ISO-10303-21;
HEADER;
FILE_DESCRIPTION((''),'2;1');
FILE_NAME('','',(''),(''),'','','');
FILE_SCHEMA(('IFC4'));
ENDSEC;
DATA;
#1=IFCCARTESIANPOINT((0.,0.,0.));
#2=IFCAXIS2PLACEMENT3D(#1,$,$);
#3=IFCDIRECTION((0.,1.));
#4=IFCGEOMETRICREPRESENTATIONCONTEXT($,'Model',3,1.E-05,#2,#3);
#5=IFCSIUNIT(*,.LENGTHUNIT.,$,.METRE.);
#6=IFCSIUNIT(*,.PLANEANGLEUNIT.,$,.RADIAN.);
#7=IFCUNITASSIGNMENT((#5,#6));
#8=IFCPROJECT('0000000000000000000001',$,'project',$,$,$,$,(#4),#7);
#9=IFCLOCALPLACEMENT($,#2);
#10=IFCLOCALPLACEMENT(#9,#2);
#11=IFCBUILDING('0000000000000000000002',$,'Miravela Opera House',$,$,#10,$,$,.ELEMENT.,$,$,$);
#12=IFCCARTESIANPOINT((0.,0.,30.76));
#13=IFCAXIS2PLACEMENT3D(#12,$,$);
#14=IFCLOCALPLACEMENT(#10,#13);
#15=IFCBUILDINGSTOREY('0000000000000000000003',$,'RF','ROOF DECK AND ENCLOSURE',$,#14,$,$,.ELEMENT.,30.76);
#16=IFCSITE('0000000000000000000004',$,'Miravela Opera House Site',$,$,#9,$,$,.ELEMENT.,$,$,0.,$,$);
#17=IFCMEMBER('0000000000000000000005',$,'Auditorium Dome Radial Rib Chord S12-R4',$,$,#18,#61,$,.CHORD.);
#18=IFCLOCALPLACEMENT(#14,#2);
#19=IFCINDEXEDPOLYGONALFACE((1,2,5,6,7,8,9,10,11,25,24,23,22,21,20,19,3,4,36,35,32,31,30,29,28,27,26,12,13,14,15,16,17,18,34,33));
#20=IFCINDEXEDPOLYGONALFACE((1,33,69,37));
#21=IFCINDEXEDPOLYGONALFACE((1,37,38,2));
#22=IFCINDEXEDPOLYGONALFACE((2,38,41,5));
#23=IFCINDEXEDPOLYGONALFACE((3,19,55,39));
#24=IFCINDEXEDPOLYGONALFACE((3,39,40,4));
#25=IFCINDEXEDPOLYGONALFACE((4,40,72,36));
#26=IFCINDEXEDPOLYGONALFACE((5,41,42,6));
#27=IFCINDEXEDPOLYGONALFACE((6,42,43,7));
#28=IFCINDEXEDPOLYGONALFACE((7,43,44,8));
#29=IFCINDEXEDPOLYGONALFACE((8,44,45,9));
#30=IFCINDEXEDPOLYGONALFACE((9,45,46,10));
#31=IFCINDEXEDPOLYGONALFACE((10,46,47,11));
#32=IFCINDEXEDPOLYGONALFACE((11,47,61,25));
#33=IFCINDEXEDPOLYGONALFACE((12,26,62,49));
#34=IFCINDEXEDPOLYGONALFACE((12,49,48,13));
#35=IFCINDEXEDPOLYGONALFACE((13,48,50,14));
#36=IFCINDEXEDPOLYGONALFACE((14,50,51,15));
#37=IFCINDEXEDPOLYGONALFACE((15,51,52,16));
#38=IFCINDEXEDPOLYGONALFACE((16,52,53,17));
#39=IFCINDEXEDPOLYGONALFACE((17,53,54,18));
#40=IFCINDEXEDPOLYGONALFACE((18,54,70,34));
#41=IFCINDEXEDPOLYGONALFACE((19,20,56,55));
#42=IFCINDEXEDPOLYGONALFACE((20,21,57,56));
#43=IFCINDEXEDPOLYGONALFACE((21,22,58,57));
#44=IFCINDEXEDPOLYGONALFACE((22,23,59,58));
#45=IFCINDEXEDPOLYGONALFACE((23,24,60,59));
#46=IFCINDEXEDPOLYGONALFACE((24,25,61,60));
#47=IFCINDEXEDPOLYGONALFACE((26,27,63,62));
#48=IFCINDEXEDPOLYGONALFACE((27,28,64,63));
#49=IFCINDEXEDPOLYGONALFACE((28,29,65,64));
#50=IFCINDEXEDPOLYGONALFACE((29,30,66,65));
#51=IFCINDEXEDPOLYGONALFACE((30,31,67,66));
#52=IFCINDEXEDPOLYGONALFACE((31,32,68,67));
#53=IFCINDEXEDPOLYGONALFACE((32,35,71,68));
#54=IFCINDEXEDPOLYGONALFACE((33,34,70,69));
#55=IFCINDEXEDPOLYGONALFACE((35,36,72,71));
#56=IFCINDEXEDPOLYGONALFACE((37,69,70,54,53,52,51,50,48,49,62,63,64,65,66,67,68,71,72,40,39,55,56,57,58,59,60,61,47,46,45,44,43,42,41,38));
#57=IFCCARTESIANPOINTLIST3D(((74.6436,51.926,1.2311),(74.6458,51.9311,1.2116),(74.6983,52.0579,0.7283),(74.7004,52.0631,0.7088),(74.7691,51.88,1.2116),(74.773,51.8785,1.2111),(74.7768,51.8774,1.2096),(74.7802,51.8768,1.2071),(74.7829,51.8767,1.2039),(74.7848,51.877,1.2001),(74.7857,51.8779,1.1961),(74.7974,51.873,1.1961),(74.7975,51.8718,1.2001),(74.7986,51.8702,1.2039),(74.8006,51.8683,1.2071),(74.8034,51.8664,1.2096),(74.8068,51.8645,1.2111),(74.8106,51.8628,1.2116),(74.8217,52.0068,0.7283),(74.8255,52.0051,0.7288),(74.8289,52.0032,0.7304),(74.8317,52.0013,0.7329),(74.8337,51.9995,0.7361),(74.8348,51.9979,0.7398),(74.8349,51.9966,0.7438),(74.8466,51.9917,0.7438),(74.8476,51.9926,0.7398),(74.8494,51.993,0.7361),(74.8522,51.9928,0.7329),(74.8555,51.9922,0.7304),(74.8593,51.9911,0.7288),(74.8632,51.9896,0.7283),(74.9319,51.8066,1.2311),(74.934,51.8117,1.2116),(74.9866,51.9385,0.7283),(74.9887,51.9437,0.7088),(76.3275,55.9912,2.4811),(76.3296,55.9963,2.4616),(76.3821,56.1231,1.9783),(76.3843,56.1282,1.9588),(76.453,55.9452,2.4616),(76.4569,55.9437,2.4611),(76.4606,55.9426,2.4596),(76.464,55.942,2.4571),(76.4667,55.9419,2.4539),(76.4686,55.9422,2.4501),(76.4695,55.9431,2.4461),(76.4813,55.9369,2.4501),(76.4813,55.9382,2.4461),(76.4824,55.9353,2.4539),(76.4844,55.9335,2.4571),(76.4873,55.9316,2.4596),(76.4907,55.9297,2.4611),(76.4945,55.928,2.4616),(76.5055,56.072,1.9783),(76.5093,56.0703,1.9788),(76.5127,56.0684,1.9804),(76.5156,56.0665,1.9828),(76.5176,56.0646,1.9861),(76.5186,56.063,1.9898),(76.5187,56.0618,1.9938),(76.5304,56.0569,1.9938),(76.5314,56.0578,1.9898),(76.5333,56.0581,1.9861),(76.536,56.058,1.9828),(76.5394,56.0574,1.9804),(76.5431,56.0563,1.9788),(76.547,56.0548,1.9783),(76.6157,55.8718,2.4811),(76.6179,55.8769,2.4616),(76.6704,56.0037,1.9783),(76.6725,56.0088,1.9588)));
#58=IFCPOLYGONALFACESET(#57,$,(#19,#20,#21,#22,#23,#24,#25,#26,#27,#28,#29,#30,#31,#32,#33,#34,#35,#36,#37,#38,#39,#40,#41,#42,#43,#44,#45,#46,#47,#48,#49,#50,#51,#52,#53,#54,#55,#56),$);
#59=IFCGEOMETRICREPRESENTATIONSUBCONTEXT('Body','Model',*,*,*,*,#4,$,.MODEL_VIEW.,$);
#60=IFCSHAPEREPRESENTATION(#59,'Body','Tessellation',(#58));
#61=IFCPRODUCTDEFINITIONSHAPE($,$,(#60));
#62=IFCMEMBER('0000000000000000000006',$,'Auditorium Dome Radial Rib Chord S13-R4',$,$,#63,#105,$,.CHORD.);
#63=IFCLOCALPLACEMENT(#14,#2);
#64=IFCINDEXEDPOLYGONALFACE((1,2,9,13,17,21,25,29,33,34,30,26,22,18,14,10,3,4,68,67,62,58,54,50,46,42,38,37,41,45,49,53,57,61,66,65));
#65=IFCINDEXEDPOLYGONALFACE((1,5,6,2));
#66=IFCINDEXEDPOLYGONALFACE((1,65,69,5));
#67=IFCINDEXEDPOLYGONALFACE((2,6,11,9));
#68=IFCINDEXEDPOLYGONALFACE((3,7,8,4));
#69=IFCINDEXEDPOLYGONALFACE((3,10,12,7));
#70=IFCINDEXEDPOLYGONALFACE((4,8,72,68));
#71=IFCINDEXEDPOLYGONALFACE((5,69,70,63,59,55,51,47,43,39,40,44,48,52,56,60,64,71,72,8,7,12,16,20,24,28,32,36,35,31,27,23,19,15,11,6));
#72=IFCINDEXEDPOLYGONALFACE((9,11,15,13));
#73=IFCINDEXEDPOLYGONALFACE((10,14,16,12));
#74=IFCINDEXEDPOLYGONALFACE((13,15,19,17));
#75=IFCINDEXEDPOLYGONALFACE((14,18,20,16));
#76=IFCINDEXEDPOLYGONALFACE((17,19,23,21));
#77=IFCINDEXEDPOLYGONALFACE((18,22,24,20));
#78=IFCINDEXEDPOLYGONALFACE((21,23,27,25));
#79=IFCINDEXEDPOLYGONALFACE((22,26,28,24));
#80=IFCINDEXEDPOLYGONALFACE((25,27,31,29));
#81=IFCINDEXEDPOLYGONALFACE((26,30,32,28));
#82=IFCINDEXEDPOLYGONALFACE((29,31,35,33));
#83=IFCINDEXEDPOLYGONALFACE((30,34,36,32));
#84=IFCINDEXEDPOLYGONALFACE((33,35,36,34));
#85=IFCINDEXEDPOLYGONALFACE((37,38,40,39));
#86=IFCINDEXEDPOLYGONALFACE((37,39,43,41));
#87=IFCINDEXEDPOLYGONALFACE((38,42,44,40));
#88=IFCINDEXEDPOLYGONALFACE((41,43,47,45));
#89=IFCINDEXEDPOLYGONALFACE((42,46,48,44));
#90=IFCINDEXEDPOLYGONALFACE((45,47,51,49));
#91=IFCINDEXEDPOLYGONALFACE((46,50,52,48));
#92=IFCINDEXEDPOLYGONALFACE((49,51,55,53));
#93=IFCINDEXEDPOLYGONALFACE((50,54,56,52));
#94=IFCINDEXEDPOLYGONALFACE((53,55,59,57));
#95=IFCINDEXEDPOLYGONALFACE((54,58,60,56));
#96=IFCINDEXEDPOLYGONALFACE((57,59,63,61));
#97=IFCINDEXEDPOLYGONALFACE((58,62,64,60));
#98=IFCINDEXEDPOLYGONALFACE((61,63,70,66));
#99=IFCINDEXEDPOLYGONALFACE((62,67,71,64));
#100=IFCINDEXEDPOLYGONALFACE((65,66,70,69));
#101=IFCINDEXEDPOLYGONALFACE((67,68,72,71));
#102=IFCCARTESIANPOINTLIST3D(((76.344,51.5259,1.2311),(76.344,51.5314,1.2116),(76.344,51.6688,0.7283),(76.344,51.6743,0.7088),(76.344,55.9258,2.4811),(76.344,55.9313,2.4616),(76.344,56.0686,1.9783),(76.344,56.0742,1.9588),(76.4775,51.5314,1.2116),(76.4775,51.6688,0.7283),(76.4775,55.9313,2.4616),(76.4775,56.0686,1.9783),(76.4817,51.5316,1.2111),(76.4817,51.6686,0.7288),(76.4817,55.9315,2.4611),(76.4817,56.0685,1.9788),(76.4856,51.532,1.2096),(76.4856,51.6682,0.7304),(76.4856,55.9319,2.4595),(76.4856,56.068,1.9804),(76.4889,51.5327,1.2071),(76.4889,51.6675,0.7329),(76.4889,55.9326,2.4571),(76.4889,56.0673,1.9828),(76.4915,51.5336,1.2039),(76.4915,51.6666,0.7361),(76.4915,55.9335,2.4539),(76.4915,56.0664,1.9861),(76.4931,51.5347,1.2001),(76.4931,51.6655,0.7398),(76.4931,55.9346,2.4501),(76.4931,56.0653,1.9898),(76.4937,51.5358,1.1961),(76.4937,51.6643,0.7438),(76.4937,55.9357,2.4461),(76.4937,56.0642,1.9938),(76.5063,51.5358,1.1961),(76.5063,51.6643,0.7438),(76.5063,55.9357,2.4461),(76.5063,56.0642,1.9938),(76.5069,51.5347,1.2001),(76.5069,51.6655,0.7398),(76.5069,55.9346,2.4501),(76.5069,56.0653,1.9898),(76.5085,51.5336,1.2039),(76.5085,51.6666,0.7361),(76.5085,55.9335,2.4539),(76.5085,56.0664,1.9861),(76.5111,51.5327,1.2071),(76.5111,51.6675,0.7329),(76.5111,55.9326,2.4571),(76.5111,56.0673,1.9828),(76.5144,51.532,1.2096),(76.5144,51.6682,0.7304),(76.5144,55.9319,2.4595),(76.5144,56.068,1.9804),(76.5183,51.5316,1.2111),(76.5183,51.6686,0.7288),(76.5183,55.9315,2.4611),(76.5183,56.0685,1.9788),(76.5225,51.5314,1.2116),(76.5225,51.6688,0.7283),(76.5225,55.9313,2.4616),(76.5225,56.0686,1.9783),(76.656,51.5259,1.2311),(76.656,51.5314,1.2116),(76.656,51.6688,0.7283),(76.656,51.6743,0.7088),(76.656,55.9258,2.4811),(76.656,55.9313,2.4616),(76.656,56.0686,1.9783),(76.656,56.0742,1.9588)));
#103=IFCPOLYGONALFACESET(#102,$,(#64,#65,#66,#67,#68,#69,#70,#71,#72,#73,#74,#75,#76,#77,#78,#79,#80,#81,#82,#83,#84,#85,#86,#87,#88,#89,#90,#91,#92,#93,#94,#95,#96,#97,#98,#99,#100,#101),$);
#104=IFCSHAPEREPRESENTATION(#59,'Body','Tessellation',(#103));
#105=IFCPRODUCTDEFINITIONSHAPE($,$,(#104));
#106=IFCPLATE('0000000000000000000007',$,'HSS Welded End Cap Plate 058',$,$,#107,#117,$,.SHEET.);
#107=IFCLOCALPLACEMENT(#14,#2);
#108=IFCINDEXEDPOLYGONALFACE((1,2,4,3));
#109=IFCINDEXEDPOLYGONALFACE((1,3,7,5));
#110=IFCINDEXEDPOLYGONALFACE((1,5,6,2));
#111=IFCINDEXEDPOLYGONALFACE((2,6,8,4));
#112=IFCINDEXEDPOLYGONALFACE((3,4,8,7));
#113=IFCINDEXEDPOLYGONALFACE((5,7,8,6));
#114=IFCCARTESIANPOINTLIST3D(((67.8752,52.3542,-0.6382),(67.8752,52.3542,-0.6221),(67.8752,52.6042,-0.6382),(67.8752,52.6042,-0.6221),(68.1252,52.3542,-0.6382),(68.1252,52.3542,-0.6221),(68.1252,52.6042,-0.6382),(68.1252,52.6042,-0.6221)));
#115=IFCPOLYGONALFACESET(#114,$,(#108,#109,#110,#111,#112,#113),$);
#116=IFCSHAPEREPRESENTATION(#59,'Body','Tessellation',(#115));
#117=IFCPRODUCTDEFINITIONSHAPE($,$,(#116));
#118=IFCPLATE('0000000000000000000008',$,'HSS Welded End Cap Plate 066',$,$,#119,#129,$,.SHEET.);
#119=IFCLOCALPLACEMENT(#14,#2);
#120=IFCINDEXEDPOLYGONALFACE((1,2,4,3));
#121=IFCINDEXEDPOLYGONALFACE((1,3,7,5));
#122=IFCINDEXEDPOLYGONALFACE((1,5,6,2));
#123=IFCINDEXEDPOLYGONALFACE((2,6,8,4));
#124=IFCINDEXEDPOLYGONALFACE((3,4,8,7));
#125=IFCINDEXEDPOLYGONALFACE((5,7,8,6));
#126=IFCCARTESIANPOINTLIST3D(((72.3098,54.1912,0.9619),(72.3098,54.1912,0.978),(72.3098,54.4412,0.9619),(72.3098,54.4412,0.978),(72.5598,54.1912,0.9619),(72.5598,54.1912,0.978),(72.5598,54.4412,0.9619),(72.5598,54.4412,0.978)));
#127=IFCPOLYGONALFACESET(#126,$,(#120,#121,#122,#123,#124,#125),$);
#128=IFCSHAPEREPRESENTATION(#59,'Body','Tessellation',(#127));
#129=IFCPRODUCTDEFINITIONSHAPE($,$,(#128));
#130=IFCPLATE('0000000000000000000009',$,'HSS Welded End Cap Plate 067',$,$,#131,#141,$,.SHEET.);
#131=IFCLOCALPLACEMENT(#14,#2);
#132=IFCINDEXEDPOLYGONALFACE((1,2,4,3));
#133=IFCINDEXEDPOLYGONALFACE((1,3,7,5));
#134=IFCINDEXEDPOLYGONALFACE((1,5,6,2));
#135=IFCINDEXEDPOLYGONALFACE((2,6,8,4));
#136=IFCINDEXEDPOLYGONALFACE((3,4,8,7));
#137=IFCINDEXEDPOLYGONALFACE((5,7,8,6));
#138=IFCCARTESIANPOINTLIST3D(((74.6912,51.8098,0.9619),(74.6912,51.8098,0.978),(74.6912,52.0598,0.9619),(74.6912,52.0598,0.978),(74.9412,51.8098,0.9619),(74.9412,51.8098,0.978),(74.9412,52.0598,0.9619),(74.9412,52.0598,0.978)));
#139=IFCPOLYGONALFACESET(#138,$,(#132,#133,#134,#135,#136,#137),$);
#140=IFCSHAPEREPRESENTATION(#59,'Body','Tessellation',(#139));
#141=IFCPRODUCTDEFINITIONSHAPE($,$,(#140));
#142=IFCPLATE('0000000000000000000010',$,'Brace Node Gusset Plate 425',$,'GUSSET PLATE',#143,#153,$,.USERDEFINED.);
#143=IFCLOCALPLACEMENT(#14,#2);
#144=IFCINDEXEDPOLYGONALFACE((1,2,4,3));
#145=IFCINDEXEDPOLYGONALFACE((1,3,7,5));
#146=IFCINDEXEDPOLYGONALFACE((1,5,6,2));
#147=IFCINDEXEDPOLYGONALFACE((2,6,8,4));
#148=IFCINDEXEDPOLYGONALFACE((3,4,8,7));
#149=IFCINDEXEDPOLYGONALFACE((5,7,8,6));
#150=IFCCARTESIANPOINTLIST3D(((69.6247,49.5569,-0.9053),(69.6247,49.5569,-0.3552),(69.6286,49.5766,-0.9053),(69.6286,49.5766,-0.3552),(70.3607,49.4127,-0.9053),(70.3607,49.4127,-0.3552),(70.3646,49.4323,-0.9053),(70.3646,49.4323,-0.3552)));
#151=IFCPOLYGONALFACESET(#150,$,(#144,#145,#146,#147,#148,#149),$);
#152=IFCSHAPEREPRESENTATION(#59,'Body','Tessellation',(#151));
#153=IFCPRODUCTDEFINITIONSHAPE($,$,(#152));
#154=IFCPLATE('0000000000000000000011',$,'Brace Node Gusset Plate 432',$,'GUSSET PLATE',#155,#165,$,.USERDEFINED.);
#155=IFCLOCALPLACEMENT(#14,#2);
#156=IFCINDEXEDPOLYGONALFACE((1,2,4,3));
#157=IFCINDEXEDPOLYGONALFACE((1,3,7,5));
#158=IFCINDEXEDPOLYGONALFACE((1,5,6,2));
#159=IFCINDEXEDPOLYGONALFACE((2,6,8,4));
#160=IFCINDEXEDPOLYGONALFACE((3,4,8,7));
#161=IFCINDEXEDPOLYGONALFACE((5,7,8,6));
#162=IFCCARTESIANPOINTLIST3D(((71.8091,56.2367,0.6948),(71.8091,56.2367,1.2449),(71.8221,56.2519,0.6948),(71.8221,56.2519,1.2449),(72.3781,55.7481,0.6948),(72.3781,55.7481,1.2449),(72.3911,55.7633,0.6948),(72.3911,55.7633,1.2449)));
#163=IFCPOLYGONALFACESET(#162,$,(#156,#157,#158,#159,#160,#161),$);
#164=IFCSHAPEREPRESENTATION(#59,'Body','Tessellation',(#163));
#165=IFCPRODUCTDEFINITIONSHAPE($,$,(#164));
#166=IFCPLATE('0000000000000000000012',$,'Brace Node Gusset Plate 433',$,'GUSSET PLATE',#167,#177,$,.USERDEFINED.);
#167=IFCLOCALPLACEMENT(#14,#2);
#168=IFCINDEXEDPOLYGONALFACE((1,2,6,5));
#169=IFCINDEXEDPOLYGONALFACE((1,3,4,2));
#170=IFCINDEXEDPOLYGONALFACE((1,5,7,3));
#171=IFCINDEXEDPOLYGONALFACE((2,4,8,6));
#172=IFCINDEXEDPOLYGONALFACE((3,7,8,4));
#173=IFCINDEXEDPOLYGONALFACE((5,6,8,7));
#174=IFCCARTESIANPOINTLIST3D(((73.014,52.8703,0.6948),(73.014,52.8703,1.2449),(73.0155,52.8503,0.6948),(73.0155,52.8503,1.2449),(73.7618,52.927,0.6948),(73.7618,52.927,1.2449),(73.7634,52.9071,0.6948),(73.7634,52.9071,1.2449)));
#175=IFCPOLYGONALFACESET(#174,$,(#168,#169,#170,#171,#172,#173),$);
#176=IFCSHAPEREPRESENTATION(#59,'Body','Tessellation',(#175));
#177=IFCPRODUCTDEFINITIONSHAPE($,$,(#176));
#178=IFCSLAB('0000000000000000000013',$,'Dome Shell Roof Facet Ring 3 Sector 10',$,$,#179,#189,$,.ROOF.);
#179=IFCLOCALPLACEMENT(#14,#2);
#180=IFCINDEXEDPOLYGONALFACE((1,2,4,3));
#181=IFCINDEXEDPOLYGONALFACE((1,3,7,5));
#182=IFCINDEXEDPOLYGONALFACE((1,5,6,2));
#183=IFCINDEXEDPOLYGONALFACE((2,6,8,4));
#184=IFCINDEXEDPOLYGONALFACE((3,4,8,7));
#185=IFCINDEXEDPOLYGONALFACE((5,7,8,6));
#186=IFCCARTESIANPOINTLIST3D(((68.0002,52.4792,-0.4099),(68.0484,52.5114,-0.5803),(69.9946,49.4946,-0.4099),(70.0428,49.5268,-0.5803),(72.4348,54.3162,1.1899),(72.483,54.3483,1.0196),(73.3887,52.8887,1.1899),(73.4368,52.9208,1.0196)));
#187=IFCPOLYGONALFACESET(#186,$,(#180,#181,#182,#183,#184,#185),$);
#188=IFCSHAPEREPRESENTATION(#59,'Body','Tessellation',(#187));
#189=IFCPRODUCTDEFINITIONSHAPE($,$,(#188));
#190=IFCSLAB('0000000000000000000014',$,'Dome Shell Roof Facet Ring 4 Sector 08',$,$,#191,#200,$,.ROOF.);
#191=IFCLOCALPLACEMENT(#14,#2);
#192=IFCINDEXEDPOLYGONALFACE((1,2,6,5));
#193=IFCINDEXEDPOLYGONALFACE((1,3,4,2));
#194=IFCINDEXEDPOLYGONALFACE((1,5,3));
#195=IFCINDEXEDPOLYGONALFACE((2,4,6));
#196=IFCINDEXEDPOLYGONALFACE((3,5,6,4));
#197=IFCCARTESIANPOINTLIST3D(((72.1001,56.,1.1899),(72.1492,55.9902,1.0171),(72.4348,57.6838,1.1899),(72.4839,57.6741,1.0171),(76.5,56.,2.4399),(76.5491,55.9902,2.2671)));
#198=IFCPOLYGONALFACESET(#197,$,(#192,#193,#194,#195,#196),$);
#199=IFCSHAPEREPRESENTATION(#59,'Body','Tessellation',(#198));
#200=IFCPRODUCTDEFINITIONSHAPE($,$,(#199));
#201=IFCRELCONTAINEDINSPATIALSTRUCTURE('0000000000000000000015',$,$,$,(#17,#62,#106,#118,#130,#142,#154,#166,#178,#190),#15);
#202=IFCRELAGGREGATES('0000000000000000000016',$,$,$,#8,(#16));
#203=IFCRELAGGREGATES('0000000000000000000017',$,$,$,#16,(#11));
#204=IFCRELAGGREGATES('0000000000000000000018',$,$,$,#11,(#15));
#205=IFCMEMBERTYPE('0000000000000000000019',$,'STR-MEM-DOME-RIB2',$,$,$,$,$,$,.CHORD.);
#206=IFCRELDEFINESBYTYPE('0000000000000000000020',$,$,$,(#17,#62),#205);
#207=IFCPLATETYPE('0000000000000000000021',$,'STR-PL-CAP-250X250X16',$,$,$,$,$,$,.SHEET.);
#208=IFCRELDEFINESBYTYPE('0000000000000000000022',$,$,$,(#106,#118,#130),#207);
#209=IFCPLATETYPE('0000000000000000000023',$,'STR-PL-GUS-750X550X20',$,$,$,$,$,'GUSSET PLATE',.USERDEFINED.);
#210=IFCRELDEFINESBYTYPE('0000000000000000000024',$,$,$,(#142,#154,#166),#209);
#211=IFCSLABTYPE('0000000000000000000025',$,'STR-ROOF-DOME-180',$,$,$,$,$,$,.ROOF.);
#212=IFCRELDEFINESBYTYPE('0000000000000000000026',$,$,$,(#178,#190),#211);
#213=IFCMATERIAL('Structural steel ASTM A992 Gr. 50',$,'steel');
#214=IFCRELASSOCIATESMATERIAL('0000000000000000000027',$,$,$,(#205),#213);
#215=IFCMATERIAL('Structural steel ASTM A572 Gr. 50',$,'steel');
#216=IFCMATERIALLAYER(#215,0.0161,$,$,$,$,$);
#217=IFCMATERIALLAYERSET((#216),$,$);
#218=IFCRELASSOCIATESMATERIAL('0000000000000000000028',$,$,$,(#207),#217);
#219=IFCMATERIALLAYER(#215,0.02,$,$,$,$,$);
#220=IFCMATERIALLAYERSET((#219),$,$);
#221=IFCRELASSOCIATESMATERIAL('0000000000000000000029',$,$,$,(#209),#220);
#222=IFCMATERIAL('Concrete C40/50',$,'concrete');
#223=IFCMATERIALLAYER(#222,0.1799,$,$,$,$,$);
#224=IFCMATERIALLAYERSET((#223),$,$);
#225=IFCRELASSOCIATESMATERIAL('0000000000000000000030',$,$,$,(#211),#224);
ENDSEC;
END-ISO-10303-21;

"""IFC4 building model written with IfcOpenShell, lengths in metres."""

from ifc_helpers import new_model, si_unit, direction, frame, origin, origin_2d, place, context, subcontext, project, spatial, polyline, rectangle, i_section, outline, extrude, material, layer, layer_set, material_profile, profile_set, type_object, element, save


model = new_model("IFC4")

# Units and contexts
model_context = context("Model", 3, precision=1e-05, world=origin(), true_north=direction((0.0, 1.0)))
body_context = subcontext(model_context, "Body", "Model", "MODEL_VIEW")
ifc_project = project(units=[si_unit("LENGTHUNIT", "METRE"), si_unit("PLANEANGLEUNIT", "RADIAN")], contexts=[model_context])

# Site, building, storey
site_placement = place(None, origin())
site = spatial("IfcSite", under=ifc_project, at=site_placement, Name="Miravela Opera House Site", CompositionType="ELEMENT", RefElevation=0.0)
building_placement = place(site_placement, origin())
building = spatial("IfcBuilding", under=site, at=building_placement, Name="Miravela Opera House", CompositionType="ELEMENT")
storey_placement = place(building_placement, frame((0.0, 0.0, 30.76)))
storey = spatial("IfcBuildingStorey", under=building, at=storey_placement, Name="RF", Description="ROOF DECK AND ENCLOSURE", CompositionType="ELEMENT", Elevation=30.76)

# Shared definitions
ifc_material_1 = material(Name="Structural steel ASTM A992 Gr. 50", Category="steel")

# Members
ifc_material_profile_1 = material_profile(ifc_material_1, i_section(OverallWidth=0.312, OverallDepth=0.543, WebThickness=0.0127, FlangeThickness=0.0203, FilletRadius=0.0161, at=origin_2d()), Name="W530X150")
ifc_profile_set_1 = profile_set([ifc_material_profile_1])
member_type_1 = type_object("IfcMemberType", Name="STR-MEM-DOME-RIB2", PredefinedType="CHORD", material=ifc_profile_set_1)
for number, where, z_axis, x_axis, name in (
    (1, (74.8162, 51.9348, 0.97), (0.368114, 0.888715, 0.27327), (-0.923881, 0.38268, 0.0), "Auditorium Dome Radial Rib Chord S12-R4"),
):
    element("IfcMember", number, at=place(storey_placement, frame(where, z_axis=z_axis, x_axis=x_axis)), inside=storey, type_object=member_type_1, Name=name, PredefinedType="CHORD", context=body_context, shape_type="SweptSolid", body=[
        extrude(i_section(OverallWidth=0.312, OverallDepth=0.543, WebThickness=0.0127, FlangeThickness=0.0203, FilletRadius=0.0161, at=origin_2d()), origin(), (0.0, 0.0, 1.0), 4.5742),
    ])
member_1_placement = place(storey_placement, frame((76.5, 51.6001, 0.97), z_axis=(0.0, 0.961934, 0.273283), x_axis=(-1.0, 0.0, 0.0)))
element("IfcMember", 2, at=member_1_placement, inside=storey, type_object=member_type_1, Name="Auditorium Dome Radial Rib Chord S13-R4", PredefinedType="CHORD", context=body_context, shape_type="SweptSolid", body=[
    extrude(i_section(OverallWidth=0.312, OverallDepth=0.543, WebThickness=0.0127, FlangeThickness=0.0203, FilletRadius=0.0161, at=origin_2d()), origin(), (0.0, 0.0, 1.0), 4.574),
])

# Plates
ifc_material_2 = material(Name="Structural steel ASTM A572 Gr. 50", Category="steel")
ifc_layer_1 = layer(ifc_material_2, 0.0161)
ifc_layer_set_1 = layer_set([ifc_layer_1])
plate_type_1 = type_object("IfcPlateType", Name="STR-PL-CAP-250X250X16", PredefinedType="SHEET", material=ifc_layer_set_1)
for number, where, z_axis, x_axis, name in (
    (3, (68.0002, 52.4792, -0.6382), (0.0, 0.0, 1.0), (1.0, 0.0, 0.0), "HSS Welded End Cap Plate 058"),
    (4, (72.4348, 54.3162, 0.9619), (0.0, 0.0, 1.0), (1.0, 0.0, 0.0), "HSS Welded End Cap Plate 066"),
    (5, (74.8162, 51.9348, 0.9619), (0.0, 0.0, 1.0), (1.0, 0.0, 0.0), "HSS Welded End Cap Plate 067"),
):
    element("IfcPlate", number, at=place(storey_placement, frame(where, z_axis=z_axis, x_axis=x_axis)), inside=storey, type_object=plate_type_1, Name=name, PredefinedType="SHEET", context=body_context, shape_type="SweptSolid", body=[
        extrude(rectangle(XDim=0.25, YDim=0.25, at=origin_2d()), origin(), (0.0, 0.0, 1.0), 0.0161),
    ])
ifc_layer_2 = layer(ifc_material_2, 0.02)
ifc_layer_set_2 = layer_set([ifc_layer_2])
plate_type_2 = type_object("IfcPlateType", Name="STR-PL-GUS-750X550X20", ElementType="GUSSET PLATE", PredefinedType="USERDEFINED", material=ifc_layer_set_2)
for number, where, z_axis, x_axis, name in (
    (6, (69.9946, 49.4946, -0.9053), (0.0, 0.0, 1.0), (-0.981326, 0.192351, 0.0), "Brace Node Gusset Plate 425"),
    (7, (72.1001, 56.0, 0.6948), (0.0, 0.0, 1.0), (-0.758703, 0.651437, 0.0), "Brace Node Gusset Plate 432"),
    (8, (73.3887, 52.8887, 0.6948), (0.0, 0.0, 1.0), (0.997133, 0.075675, 0.0), "Brace Node Gusset Plate 433"),
):
    element("IfcPlate", number, at=place(storey_placement, frame(where, z_axis=z_axis, x_axis=x_axis)), inside=storey, type_object=plate_type_2, Name=name, ObjectType="GUSSET PLATE", PredefinedType="USERDEFINED", context=body_context, shape_type="SweptSolid", body=[
        extrude(rectangle(XDim=0.75, YDim=0.02, at=origin_2d()), origin(), (0.0, 0.0, 1.0), 0.55),
    ])

# Slabs
ifc_material_3 = material(Name="Concrete C40/50", Category="concrete")
ifc_layer_3 = layer(ifc_material_3, 0.1799)
ifc_layer_set_3 = layer_set([ifc_layer_3])
slab_type = type_object("IfcSlabType", Name="STR-ROOF-DOME-180", PredefinedType="ROOF", material=ifc_layer_set_3)
slab_1_placement = place(storey_placement, frame((68.0002, 52.4792, -0.4099), z_axis=(-0.267533, -0.17877, 0.94682), x_axis=(0.555594, -0.831454, 0.000001)))
element("IfcSlab", 9, at=slab_1_placement, inside=storey, type_object=slab_type, Name="Dome Shell Roof Facet Ring 3 Sector 10", PredefinedType="ROOF", context=body_context, shape_type="SweptSolid", body=[
    extrude(outline(polyline([(0.0, 0.0), (3.5896, 0.0), (2.6534, 4.9721), (0.9365, 4.9721), (0.0, 0.0)])), origin(), (0.0, 0.0, -1.0), 0.1799),
])
slab_2_placement = place(storey_placement, frame((72.4348, 57.6838, 1.1899), z_axis=(-0.27288, 0.054244, 0.960518), x_axis=(-0.194967, -0.98081, 0.0)))
element("IfcSlab", 10, at=slab_2_placement, inside=storey, type_object=slab_type, Name="Dome Shell Roof Facet Ring 4 Sector 08", PredefinedType="ROOF", context=body_context, shape_type="SweptSolid", body=[
    extrude(outline(polyline([(0.0, 0.0), (1.7168, 0.0), (0.8589, 4.4929), (0.0, 0.0)])), origin(), (0.0, 0.0, -1.0), 0.1799),
])

save(model, "model.ifc")
